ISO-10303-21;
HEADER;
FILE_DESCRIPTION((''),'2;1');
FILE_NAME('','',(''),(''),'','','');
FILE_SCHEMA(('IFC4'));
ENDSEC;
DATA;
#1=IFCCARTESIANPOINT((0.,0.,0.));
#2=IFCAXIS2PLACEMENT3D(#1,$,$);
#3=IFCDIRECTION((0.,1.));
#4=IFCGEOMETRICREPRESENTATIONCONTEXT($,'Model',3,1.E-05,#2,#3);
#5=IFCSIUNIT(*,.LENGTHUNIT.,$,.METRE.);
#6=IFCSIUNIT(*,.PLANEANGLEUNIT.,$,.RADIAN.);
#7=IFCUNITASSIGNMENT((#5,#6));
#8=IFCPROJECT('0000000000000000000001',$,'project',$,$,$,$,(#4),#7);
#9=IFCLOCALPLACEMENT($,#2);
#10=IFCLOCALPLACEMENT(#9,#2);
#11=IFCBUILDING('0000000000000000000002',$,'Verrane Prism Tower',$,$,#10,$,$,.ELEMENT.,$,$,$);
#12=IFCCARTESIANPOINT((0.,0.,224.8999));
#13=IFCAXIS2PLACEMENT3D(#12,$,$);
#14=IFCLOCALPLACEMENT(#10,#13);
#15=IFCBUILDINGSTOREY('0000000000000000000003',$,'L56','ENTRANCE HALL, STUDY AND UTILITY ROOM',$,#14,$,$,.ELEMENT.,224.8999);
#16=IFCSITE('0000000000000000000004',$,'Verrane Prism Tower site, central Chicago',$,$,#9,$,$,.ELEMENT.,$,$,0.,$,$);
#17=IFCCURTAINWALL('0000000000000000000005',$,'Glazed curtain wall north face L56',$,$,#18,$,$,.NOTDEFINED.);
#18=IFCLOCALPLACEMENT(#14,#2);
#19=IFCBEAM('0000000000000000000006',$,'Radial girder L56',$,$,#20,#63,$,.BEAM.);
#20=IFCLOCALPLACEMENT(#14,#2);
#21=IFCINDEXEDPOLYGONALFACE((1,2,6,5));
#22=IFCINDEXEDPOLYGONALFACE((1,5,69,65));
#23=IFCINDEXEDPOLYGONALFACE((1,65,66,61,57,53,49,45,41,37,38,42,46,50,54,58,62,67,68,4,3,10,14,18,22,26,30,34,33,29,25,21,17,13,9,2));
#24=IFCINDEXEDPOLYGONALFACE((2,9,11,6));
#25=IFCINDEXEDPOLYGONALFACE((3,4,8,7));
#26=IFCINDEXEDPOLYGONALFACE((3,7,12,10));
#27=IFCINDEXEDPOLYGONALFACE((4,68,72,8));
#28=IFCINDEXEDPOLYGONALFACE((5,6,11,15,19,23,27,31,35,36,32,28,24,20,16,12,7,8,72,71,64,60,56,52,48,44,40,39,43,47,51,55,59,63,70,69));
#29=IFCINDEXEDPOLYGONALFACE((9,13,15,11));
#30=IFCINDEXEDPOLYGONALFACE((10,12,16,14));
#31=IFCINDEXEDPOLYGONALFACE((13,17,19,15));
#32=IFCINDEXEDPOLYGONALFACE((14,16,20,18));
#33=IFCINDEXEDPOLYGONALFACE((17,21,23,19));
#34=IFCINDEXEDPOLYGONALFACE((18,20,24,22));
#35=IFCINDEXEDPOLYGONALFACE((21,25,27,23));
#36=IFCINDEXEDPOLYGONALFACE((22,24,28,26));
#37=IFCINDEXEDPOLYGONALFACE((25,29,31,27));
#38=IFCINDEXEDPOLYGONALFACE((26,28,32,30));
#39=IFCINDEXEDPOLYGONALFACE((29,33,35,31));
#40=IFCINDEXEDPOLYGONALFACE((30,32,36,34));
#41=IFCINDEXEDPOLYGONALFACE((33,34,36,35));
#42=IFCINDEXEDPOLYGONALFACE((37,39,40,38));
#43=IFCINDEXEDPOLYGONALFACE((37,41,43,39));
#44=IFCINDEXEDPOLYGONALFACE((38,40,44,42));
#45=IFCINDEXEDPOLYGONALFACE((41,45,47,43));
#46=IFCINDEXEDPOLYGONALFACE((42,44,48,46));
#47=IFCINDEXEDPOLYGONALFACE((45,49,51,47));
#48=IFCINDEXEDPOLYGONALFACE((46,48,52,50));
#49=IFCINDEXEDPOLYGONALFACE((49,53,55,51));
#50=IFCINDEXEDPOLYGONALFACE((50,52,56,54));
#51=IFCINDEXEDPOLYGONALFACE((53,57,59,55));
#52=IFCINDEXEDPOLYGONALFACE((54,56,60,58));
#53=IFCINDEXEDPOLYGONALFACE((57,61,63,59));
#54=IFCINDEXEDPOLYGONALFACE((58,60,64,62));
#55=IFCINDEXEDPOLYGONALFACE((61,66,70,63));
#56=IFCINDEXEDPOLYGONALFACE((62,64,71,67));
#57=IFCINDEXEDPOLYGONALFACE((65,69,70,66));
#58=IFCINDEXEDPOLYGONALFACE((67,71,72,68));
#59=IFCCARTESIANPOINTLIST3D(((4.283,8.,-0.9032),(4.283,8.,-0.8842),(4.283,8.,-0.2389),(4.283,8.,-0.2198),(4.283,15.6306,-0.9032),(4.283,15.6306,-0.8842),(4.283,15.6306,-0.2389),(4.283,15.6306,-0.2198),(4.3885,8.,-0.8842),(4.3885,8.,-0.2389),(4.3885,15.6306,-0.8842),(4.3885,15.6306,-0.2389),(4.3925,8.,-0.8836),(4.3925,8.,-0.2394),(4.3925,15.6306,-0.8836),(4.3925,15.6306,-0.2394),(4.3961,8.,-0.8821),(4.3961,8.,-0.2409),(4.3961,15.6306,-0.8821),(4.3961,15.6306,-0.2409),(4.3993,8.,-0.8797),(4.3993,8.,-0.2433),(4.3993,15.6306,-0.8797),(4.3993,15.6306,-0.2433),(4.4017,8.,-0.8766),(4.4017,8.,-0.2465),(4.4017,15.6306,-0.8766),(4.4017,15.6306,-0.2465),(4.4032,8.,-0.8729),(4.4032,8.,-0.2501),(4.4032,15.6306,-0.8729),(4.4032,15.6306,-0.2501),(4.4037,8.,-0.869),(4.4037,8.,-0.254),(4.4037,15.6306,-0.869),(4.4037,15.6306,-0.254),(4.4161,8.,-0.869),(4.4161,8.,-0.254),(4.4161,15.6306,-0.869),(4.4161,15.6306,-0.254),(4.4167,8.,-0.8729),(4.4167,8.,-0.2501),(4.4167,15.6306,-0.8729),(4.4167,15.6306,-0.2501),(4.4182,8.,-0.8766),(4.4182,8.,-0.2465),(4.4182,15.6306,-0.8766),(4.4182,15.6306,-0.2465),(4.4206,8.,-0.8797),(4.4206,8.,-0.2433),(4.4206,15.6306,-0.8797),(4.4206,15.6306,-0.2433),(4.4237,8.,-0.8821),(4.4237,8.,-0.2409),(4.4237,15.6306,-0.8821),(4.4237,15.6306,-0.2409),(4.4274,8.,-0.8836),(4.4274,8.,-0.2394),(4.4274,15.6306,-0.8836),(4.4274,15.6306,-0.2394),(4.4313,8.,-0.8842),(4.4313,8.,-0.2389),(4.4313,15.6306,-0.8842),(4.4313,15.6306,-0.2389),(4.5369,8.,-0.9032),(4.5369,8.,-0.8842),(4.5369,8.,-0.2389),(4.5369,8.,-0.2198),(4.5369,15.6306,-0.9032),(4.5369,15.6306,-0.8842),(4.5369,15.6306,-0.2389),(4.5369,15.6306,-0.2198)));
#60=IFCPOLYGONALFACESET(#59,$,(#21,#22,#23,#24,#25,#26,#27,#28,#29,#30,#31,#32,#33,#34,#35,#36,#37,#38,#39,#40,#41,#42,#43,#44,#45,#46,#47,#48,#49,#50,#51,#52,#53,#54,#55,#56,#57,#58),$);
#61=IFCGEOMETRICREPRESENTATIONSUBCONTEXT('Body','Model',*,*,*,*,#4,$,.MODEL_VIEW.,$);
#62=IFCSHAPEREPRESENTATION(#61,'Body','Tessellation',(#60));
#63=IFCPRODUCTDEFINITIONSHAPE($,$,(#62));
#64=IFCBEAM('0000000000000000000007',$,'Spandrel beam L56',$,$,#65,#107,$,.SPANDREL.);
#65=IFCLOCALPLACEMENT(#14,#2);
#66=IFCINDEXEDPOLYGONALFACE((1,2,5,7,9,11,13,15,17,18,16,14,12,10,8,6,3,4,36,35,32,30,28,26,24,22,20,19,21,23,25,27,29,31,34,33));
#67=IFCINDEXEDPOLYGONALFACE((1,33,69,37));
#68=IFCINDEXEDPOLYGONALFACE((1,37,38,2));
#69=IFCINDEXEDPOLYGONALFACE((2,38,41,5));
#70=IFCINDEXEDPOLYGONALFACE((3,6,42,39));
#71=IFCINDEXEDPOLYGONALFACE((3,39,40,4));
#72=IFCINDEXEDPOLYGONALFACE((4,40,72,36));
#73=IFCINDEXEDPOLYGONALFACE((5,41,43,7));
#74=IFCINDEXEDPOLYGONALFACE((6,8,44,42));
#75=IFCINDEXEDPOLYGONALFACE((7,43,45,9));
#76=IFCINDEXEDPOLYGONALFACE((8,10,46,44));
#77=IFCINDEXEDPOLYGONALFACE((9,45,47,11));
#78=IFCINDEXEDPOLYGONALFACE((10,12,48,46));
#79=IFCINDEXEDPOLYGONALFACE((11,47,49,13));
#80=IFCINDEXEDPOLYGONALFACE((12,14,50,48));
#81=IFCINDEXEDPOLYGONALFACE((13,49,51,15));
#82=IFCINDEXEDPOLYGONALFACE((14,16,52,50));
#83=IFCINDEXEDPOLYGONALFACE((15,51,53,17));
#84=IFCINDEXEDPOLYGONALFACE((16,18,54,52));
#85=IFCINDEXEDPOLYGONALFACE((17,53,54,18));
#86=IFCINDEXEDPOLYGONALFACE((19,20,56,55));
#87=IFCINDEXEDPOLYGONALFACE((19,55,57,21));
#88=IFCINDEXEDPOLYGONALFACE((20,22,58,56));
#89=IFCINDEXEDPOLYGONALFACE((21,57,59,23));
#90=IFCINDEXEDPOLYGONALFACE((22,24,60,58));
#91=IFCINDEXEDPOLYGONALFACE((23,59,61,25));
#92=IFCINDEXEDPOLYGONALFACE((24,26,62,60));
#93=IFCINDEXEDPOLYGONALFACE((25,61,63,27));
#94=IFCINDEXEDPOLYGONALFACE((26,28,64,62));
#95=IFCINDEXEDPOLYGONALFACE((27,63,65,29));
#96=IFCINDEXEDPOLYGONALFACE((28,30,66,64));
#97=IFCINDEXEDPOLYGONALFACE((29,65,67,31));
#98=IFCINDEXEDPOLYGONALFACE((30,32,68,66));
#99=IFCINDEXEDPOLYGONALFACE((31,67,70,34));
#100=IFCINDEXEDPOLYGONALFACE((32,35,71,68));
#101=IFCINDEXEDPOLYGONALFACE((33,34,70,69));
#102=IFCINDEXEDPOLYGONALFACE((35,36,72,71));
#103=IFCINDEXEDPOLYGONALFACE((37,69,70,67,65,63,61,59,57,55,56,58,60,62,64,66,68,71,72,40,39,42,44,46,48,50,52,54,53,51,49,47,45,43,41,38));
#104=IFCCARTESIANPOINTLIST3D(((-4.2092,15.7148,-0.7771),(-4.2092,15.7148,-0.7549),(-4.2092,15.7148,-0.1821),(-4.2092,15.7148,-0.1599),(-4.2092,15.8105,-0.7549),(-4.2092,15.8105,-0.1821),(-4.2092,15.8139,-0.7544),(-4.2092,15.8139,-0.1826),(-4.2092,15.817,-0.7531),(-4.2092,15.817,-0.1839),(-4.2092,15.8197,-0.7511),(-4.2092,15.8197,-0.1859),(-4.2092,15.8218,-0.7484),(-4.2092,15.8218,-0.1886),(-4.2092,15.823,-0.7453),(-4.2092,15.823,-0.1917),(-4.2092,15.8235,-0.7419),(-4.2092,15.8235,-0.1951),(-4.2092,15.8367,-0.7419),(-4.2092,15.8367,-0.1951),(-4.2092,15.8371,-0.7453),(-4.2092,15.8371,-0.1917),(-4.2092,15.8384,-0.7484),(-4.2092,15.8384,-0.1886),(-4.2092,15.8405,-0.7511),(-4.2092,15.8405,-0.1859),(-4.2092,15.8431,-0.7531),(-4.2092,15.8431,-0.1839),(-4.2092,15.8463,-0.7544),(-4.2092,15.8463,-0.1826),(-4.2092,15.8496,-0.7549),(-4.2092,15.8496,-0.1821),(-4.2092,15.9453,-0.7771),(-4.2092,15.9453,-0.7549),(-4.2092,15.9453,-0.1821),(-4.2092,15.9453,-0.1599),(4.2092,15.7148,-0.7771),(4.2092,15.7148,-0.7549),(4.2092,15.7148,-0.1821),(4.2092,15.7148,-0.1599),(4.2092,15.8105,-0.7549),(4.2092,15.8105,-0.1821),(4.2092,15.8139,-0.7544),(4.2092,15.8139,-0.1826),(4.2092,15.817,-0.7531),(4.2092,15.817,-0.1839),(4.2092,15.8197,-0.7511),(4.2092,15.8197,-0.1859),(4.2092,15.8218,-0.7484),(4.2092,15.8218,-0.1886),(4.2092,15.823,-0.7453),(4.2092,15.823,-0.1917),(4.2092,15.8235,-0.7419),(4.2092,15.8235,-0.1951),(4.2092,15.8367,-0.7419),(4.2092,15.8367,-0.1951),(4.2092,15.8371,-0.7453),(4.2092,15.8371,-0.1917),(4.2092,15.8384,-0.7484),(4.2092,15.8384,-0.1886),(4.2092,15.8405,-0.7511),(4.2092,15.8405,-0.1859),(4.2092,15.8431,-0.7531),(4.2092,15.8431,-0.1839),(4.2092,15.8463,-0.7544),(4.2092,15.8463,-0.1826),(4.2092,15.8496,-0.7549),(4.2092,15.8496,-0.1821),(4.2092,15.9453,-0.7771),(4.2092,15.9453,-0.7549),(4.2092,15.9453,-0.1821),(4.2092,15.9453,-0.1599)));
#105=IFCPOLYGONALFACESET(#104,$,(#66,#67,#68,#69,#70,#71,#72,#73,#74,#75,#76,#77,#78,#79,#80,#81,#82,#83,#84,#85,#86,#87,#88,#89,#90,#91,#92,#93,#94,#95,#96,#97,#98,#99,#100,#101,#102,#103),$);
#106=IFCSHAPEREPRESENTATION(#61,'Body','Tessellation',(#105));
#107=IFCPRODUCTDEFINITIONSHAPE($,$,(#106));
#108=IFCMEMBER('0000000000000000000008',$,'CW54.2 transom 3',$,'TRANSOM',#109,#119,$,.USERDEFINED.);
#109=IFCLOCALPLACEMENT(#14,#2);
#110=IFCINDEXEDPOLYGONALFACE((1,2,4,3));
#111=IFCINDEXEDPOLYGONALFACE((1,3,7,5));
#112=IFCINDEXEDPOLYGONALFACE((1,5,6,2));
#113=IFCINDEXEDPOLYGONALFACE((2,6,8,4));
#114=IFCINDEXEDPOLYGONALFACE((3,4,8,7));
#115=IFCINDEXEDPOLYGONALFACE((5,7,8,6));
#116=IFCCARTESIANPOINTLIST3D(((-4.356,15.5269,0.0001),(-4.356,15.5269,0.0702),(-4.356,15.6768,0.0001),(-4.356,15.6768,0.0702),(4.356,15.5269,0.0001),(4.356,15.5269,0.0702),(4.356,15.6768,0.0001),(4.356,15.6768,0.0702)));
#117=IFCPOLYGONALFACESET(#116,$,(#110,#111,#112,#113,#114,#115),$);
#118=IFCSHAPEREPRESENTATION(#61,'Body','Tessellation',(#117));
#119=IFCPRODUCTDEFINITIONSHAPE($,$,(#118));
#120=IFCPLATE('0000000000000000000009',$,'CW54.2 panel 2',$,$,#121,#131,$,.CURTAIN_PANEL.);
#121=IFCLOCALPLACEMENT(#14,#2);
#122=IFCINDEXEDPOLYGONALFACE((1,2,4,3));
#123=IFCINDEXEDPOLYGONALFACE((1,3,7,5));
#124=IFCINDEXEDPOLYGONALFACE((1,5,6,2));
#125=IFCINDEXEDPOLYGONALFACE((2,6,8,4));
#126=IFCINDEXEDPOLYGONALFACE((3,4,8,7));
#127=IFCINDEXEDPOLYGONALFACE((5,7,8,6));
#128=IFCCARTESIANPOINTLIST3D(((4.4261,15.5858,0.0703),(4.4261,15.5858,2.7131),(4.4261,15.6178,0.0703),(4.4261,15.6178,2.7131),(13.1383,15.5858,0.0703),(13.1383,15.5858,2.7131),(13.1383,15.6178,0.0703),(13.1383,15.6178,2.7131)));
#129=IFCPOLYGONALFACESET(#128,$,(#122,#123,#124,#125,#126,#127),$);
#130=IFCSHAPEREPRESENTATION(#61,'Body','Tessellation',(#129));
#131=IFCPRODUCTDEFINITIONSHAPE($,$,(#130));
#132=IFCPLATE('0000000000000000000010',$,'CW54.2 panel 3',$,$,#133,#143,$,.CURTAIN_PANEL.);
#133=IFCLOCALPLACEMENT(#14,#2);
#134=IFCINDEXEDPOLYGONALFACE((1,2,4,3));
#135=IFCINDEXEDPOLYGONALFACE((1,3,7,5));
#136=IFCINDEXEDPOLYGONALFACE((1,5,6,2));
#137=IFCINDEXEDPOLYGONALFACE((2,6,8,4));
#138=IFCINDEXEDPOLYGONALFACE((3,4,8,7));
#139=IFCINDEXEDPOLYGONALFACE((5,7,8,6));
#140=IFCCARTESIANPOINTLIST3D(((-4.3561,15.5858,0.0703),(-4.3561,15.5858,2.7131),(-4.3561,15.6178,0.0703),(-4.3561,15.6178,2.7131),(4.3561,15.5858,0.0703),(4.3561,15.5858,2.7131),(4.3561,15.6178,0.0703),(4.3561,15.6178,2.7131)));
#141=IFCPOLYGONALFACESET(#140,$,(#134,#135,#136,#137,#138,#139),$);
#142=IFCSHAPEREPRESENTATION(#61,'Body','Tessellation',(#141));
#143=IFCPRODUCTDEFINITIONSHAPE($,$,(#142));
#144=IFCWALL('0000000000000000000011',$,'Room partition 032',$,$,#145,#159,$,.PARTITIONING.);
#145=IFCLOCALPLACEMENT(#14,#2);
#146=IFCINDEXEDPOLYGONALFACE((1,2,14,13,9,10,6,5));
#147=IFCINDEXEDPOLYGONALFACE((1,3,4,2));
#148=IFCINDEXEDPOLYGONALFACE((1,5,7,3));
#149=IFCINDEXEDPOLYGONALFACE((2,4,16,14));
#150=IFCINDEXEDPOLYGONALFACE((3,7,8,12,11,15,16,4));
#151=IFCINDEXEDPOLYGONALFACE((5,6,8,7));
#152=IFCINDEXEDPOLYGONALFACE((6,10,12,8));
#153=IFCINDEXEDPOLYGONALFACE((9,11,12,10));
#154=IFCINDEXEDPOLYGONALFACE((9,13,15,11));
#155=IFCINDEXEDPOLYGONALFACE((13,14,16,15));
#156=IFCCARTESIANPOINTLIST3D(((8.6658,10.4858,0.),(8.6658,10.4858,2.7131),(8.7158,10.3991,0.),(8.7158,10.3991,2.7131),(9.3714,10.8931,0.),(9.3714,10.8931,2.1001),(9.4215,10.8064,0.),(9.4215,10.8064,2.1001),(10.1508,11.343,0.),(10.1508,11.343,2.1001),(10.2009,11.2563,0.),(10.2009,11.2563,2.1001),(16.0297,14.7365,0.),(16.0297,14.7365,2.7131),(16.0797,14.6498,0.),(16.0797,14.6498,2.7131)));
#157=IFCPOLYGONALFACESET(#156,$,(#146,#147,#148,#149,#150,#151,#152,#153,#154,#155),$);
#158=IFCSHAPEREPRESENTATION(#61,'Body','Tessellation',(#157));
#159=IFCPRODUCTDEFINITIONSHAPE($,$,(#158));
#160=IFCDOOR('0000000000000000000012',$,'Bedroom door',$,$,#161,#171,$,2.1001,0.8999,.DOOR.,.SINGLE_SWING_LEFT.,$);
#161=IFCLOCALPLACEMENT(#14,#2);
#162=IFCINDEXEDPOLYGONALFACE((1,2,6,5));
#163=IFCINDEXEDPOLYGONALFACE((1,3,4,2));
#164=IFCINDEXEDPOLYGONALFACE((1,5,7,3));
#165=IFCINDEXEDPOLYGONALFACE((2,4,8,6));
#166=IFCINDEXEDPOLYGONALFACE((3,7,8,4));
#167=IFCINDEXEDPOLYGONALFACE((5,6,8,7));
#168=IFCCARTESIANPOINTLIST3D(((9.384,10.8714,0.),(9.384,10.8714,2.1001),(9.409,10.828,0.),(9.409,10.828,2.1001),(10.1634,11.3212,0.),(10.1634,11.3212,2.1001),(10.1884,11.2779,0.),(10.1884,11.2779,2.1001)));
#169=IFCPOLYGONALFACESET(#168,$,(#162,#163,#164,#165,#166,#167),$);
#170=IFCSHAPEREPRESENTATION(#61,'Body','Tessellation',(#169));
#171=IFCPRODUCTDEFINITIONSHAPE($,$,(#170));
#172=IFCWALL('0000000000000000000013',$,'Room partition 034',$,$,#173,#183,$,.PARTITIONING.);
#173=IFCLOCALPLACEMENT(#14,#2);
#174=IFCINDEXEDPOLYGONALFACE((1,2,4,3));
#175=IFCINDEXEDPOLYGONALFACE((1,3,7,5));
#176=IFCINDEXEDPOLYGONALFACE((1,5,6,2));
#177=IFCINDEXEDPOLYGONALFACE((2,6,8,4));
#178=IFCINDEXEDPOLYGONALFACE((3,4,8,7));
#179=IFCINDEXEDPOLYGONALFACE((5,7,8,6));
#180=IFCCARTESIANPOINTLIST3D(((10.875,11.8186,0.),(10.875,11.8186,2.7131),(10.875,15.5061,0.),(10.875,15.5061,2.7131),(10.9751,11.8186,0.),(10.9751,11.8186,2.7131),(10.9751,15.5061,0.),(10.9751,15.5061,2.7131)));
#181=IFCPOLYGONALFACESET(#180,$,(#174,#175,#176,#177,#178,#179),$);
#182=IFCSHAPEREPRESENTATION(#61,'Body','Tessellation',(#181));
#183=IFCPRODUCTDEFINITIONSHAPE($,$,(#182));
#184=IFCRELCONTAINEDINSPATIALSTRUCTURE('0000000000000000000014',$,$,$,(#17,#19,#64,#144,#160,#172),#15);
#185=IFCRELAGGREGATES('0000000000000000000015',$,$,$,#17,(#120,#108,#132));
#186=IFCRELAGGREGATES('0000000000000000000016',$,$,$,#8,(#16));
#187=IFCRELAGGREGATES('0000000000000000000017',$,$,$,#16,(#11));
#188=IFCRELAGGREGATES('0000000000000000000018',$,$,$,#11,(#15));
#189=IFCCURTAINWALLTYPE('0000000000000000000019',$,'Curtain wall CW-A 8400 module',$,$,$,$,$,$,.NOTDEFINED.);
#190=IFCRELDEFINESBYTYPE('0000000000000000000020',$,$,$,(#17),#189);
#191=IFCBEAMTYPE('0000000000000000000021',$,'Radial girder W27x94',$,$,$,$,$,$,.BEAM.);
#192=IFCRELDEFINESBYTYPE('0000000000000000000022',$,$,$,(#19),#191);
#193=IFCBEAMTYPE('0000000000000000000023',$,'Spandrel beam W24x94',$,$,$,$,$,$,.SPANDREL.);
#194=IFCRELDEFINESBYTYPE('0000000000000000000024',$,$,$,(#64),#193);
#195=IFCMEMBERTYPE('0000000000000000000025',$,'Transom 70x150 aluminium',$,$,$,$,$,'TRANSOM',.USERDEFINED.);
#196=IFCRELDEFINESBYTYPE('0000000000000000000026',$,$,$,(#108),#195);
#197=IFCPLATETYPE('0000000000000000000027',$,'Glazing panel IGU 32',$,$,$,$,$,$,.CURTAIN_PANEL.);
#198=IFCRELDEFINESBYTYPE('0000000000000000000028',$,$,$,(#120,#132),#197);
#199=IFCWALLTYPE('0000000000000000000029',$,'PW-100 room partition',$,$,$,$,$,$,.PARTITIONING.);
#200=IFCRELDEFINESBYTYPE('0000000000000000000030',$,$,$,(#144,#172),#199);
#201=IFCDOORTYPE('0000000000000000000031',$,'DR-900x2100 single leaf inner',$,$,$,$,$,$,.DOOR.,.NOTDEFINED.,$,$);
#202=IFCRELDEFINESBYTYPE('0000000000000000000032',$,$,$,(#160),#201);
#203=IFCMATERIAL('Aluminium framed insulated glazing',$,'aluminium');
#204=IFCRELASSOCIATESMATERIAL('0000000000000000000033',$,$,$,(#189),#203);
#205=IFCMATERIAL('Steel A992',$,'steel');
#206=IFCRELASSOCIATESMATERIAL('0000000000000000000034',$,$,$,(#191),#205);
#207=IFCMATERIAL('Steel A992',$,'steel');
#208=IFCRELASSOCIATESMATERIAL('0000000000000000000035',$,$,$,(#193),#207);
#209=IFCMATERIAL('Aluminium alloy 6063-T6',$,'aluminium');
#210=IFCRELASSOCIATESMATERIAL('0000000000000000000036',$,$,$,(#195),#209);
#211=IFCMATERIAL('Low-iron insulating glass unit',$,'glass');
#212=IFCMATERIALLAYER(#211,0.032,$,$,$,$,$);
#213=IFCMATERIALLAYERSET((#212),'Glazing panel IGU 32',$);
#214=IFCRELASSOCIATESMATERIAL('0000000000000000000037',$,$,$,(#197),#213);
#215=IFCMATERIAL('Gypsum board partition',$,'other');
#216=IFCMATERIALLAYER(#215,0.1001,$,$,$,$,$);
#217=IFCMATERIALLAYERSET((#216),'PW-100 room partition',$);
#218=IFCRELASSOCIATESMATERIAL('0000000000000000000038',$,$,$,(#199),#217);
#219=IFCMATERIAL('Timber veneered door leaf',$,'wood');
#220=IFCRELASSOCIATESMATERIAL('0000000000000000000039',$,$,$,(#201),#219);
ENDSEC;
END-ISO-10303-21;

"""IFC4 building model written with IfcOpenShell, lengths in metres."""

from ifc_helpers import new_model, si_unit, direction, frame, frame_2d, origin, origin_2d, place, context, subcontext, project, spatial, rectangle, i_section, extrude, material, layer, layer_set, material_profile, profile_set, type_object, element, fill, aggregate, save


model = new_model("IFC4")

# Units and contexts
model_context = context("Model", 3, precision=1e-05, world=origin(), true_north=direction((0.0, 1.0)))
body_context = subcontext(model_context, "Body", "Model", "MODEL_VIEW")
ifc_project = project(units=[si_unit("LENGTHUNIT", "METRE"), si_unit("PLANEANGLEUNIT", "RADIAN")], contexts=[model_context])

# Site, building, storey
site_placement = place(None, origin())
site = spatial("IfcSite", under=ifc_project, at=site_placement, Name="Verrane Prism Tower site, central Chicago", CompositionType="ELEMENT", RefElevation=0.0)
building_placement = place(site_placement, origin())
building = spatial("IfcBuilding", under=site, at=building_placement, Name="Verrane Prism Tower", CompositionType="ELEMENT")
storey_placement = place(building_placement, frame((0.0, 0.0, 224.8999)))
storey = spatial("IfcBuildingStorey", under=building, at=storey_placement, Name="L56", Description="ENTRANCE HALL, STUDY AND UTILITY ROOM", CompositionType="ELEMENT", Elevation=224.8999)

# Curtain wall
ifc_material_1 = material(Name="Aluminium framed insulated glazing", Category="aluminium")
curtain_wall_type = type_object("IfcCurtainWallType", Name="Curtain wall CW-A 8400 module", PredefinedType="NOTDEFINED", material=ifc_material_1)
curtain_wall_placement = place(storey_placement, origin())
curtain_wall = element("IfcCurtainWall", 1, at=curtain_wall_placement, inside=storey, type_object=curtain_wall_type, Name="Glazed curtain wall north face L56", PredefinedType="NOTDEFINED")

# Beams
ifc_material_2 = material(Name="Steel A992", Category="steel")
ifc_material_profile_1 = material_profile(ifc_material_2, i_section(OverallWidth=0.2539, OverallDepth=0.6833, WebThickness=0.0125, FlangeThickness=0.019, FilletRadius=0.0151, at=origin_2d()), Name="W27x94")
ifc_profile_set_1 = profile_set([ifc_material_profile_1], Name="Steel A992")
beam_type_1 = type_object("IfcBeamType", Name="Radial girder W27x94", PredefinedType="BEAM", material=ifc_profile_set_1)
beam_1_placement = place(storey_placement, frame((4.4099, 15.6306, -0.5615), z_axis=(0.0, -1.0, 0.0), x_axis=(1.0, 0.0, 0.0)))
element("IfcBeam", 2, at=beam_1_placement, inside=storey, type_object=beam_type_1, Name="Radial girder L56", PredefinedType="BEAM", context=body_context, shape_type="SweptSolid", body=[
    extrude(i_section(OverallWidth=0.2539, OverallDepth=0.6833, WebThickness=0.0125, FlangeThickness=0.019, FilletRadius=0.0151, at=origin_2d()), origin(), (0.0, 0.0, 1.0), 7.6306),
])
ifc_material_3 = material(Name="Steel A992", Category="steel")
ifc_material_profile_2 = material_profile(ifc_material_3, i_section(OverallWidth=0.2305, OverallDepth=0.6172, WebThickness=0.0132, FlangeThickness=0.0222, FilletRadius=0.0129, at=origin_2d()), Name="W24x94")
ifc_profile_set_2 = profile_set([ifc_material_profile_2], Name="Steel A992")
beam_type_2 = type_object("IfcBeamType", Name="Spandrel beam W24x94", PredefinedType="SPANDREL", material=ifc_profile_set_2)
beam_2_placement = place(storey_placement, frame((4.2092, 15.8301, -0.4685), z_axis=(-1.0, 0.0, 0.0), x_axis=(0.0, -1.0, 0.0)))
element("IfcBeam", 3, at=beam_2_placement, inside=storey, type_object=beam_type_2, Name="Spandrel beam L56", PredefinedType="SPANDREL", context=body_context, shape_type="SweptSolid", body=[
    extrude(i_section(OverallWidth=0.2305, OverallDepth=0.6172, WebThickness=0.0132, FlangeThickness=0.0222, FilletRadius=0.0129, at=origin_2d()), origin(), (0.0, 0.0, 1.0), 8.4185),
])

# Member
ifc_material_4 = material(Name="Aluminium alloy 6063-T6", Category="aluminium")
ifc_material_profile_3 = material_profile(ifc_material_4, rectangle(XDim=0.1499, YDim=0.0701, at=origin_2d()), Name="Transom 70x150 aluminium")
ifc_profile_set_3 = profile_set([ifc_material_profile_3], Name="Aluminium alloy 6063-T6")
member_type_1 = type_object("IfcMemberType", Name="Transom 70x150 aluminium", ElementType="TRANSOM", PredefinedType="USERDEFINED", material=ifc_profile_set_3)
member_1_placement = place(storey_placement, frame((4.356, 15.6018, 0.0352), z_axis=(-1.0, 0.0, 0.0), x_axis=(0.0, -1.0, 0.0)))
member_1 = element("IfcMember", 4, at=member_1_placement, type_object=member_type_1, Name="CW54.2 transom 3", ObjectType="TRANSOM", PredefinedType="USERDEFINED", context=body_context, shape_type="SweptSolid", body=[
    extrude(rectangle(XDim=0.1499, YDim=0.0701, at=origin_2d()), origin(), (0.0, 0.0, 1.0), 8.7119),
])

# Plates
ifc_material_5 = material(Name="Low-iron insulating glass unit", Category="glass")
ifc_layer_1 = layer(ifc_material_5, 0.032)
ifc_layer_set_1 = layer_set([ifc_layer_1], Name="Glazing panel IGU 32")
plate_type = type_object("IfcPlateType", Name="Glazing panel IGU 32", PredefinedType="CURTAIN_PANEL", material=ifc_layer_set_1)
plate_1_placement = place(storey_placement, frame((8.7822, 15.6018, 0.0703), z_axis=(0.0, 0.0, 1.0), x_axis=(-1.0, 0.0, 0.0)))
plate_1 = element("IfcPlate", 5, at=plate_1_placement, type_object=plate_type, Name="CW54.2 panel 2", PredefinedType="CURTAIN_PANEL", context=body_context, shape_type="SweptSolid", body=[
    extrude(rectangle(XDim=8.7122, YDim=0.032, at=origin_2d()), origin(), (0.0, 0.0, 1.0), 2.6428),
])
plate_2_placement = place(storey_placement, frame((0.0, 15.6018, 0.0703), z_axis=(0.0, 0.0, 1.0), x_axis=(-1.0, 0.0, 0.0)))
plate_2 = element("IfcPlate", 6, at=plate_2_placement, type_object=plate_type, Name="CW54.2 panel 3", PredefinedType="CURTAIN_PANEL", context=body_context, shape_type="SweptSolid", body=[
    extrude(rectangle(XDim=8.7122, YDim=0.032, at=origin_2d()), origin(), (0.0, 0.0, 1.0), 2.6428),
])
aggregate(curtain_wall, [plate_1, member_1, plate_2])

# Wall, opening, door
ifc_material_6 = material(Name="Gypsum board partition", Category="other")
ifc_layer_2 = layer(ifc_material_6, 0.1001)
ifc_layer_set_2 = layer_set([ifc_layer_2], Name="PW-100 room partition")
wall_type_1 = type_object("IfcWallType", Name="PW-100 room partition", PredefinedType="PARTITIONING", material=ifc_layer_set_2)
wall_1_placement = place(storey_placement, frame((8.6907, 10.4424, 0.0), z_axis=(0.0, 0.0, 1.0), x_axis=(0.86607, 0.499922, 0.0)))
wall_1 = element("IfcWall", 7, at=wall_1_placement, inside=storey, type_object=wall_type_1, Name="Room partition 032", PredefinedType="PARTITIONING", context=body_context, shape_type="SweptSolid", body=[
    extrude(rectangle(XDim=8.5027, YDim=0.1001, at=frame_2d((4.2515, 0.0))), origin(), (0.0, 0.0, 1.0), 2.7131),
])
opening_1_placement = place(wall_1_placement, frame((0.8149, 0.0, 0.0)))
opening_1 = element("IfcOpeningElement", 8, at=opening_1_placement, cuts=wall_1, PredefinedType="OPENING", context=body_context, shape_type="SweptSolid", body=[
    extrude(rectangle(XDim=0.8999, YDim=2.1001, at=frame_2d((0.45, 1.05))), frame((0.0, 0.0601, 0.0), z_axis=(0.0, -1.0, 0.0), x_axis=(1.0, 0.0, 0.0)), (0.0, 0.0, 1.0), 0.1201),
])
ifc_material_7 = material(Name="Timber veneered door leaf", Category="wood")
door_type_1 = type_object("IfcDoorType", Name="DR-900x2100 single leaf inner", OperationType="NOTDEFINED", PredefinedType="DOOR", material=ifc_material_7)
door_1_placement = place(opening_1_placement, origin())
door_1 = element("IfcDoor", 9, at=door_1_placement, inside=storey, type_object=door_type_1, Name="Bedroom door", OperationType="SINGLE_SWING_LEFT", OverallHeight=2.1001, OverallWidth=0.8999, PredefinedType="DOOR", context=body_context, shape_type="SweptSolid", body=[
    extrude(rectangle(XDim=0.8999, YDim=2.1001, at=frame_2d((0.45, 1.05))), frame((0.0, 0.0249, 0.0), z_axis=(0.0, -1.0, 0.0), x_axis=(1.0, 0.0, 0.0)), (0.0, 0.0, 1.0), 0.05),
])
fill(opening_1, door_1)

# Wall
wall_2_placement = place(storey_placement, frame((10.925, 11.8186, 0.0), z_axis=(0.0, 0.0, 1.0), x_axis=(0.0, 1.0, 0.0)))
element("IfcWall", 10, at=wall_2_placement, inside=storey, type_object=wall_type_1, Name="Room partition 034", PredefinedType="PARTITIONING", context=body_context, shape_type="SweptSolid", body=[
    extrude(rectangle(XDim=3.6875, YDim=0.1001, at=frame_2d((1.8438, 0.0))), origin(), (0.0, 0.0, 1.0), 2.7131),
])

save(model, "model.ifc")
